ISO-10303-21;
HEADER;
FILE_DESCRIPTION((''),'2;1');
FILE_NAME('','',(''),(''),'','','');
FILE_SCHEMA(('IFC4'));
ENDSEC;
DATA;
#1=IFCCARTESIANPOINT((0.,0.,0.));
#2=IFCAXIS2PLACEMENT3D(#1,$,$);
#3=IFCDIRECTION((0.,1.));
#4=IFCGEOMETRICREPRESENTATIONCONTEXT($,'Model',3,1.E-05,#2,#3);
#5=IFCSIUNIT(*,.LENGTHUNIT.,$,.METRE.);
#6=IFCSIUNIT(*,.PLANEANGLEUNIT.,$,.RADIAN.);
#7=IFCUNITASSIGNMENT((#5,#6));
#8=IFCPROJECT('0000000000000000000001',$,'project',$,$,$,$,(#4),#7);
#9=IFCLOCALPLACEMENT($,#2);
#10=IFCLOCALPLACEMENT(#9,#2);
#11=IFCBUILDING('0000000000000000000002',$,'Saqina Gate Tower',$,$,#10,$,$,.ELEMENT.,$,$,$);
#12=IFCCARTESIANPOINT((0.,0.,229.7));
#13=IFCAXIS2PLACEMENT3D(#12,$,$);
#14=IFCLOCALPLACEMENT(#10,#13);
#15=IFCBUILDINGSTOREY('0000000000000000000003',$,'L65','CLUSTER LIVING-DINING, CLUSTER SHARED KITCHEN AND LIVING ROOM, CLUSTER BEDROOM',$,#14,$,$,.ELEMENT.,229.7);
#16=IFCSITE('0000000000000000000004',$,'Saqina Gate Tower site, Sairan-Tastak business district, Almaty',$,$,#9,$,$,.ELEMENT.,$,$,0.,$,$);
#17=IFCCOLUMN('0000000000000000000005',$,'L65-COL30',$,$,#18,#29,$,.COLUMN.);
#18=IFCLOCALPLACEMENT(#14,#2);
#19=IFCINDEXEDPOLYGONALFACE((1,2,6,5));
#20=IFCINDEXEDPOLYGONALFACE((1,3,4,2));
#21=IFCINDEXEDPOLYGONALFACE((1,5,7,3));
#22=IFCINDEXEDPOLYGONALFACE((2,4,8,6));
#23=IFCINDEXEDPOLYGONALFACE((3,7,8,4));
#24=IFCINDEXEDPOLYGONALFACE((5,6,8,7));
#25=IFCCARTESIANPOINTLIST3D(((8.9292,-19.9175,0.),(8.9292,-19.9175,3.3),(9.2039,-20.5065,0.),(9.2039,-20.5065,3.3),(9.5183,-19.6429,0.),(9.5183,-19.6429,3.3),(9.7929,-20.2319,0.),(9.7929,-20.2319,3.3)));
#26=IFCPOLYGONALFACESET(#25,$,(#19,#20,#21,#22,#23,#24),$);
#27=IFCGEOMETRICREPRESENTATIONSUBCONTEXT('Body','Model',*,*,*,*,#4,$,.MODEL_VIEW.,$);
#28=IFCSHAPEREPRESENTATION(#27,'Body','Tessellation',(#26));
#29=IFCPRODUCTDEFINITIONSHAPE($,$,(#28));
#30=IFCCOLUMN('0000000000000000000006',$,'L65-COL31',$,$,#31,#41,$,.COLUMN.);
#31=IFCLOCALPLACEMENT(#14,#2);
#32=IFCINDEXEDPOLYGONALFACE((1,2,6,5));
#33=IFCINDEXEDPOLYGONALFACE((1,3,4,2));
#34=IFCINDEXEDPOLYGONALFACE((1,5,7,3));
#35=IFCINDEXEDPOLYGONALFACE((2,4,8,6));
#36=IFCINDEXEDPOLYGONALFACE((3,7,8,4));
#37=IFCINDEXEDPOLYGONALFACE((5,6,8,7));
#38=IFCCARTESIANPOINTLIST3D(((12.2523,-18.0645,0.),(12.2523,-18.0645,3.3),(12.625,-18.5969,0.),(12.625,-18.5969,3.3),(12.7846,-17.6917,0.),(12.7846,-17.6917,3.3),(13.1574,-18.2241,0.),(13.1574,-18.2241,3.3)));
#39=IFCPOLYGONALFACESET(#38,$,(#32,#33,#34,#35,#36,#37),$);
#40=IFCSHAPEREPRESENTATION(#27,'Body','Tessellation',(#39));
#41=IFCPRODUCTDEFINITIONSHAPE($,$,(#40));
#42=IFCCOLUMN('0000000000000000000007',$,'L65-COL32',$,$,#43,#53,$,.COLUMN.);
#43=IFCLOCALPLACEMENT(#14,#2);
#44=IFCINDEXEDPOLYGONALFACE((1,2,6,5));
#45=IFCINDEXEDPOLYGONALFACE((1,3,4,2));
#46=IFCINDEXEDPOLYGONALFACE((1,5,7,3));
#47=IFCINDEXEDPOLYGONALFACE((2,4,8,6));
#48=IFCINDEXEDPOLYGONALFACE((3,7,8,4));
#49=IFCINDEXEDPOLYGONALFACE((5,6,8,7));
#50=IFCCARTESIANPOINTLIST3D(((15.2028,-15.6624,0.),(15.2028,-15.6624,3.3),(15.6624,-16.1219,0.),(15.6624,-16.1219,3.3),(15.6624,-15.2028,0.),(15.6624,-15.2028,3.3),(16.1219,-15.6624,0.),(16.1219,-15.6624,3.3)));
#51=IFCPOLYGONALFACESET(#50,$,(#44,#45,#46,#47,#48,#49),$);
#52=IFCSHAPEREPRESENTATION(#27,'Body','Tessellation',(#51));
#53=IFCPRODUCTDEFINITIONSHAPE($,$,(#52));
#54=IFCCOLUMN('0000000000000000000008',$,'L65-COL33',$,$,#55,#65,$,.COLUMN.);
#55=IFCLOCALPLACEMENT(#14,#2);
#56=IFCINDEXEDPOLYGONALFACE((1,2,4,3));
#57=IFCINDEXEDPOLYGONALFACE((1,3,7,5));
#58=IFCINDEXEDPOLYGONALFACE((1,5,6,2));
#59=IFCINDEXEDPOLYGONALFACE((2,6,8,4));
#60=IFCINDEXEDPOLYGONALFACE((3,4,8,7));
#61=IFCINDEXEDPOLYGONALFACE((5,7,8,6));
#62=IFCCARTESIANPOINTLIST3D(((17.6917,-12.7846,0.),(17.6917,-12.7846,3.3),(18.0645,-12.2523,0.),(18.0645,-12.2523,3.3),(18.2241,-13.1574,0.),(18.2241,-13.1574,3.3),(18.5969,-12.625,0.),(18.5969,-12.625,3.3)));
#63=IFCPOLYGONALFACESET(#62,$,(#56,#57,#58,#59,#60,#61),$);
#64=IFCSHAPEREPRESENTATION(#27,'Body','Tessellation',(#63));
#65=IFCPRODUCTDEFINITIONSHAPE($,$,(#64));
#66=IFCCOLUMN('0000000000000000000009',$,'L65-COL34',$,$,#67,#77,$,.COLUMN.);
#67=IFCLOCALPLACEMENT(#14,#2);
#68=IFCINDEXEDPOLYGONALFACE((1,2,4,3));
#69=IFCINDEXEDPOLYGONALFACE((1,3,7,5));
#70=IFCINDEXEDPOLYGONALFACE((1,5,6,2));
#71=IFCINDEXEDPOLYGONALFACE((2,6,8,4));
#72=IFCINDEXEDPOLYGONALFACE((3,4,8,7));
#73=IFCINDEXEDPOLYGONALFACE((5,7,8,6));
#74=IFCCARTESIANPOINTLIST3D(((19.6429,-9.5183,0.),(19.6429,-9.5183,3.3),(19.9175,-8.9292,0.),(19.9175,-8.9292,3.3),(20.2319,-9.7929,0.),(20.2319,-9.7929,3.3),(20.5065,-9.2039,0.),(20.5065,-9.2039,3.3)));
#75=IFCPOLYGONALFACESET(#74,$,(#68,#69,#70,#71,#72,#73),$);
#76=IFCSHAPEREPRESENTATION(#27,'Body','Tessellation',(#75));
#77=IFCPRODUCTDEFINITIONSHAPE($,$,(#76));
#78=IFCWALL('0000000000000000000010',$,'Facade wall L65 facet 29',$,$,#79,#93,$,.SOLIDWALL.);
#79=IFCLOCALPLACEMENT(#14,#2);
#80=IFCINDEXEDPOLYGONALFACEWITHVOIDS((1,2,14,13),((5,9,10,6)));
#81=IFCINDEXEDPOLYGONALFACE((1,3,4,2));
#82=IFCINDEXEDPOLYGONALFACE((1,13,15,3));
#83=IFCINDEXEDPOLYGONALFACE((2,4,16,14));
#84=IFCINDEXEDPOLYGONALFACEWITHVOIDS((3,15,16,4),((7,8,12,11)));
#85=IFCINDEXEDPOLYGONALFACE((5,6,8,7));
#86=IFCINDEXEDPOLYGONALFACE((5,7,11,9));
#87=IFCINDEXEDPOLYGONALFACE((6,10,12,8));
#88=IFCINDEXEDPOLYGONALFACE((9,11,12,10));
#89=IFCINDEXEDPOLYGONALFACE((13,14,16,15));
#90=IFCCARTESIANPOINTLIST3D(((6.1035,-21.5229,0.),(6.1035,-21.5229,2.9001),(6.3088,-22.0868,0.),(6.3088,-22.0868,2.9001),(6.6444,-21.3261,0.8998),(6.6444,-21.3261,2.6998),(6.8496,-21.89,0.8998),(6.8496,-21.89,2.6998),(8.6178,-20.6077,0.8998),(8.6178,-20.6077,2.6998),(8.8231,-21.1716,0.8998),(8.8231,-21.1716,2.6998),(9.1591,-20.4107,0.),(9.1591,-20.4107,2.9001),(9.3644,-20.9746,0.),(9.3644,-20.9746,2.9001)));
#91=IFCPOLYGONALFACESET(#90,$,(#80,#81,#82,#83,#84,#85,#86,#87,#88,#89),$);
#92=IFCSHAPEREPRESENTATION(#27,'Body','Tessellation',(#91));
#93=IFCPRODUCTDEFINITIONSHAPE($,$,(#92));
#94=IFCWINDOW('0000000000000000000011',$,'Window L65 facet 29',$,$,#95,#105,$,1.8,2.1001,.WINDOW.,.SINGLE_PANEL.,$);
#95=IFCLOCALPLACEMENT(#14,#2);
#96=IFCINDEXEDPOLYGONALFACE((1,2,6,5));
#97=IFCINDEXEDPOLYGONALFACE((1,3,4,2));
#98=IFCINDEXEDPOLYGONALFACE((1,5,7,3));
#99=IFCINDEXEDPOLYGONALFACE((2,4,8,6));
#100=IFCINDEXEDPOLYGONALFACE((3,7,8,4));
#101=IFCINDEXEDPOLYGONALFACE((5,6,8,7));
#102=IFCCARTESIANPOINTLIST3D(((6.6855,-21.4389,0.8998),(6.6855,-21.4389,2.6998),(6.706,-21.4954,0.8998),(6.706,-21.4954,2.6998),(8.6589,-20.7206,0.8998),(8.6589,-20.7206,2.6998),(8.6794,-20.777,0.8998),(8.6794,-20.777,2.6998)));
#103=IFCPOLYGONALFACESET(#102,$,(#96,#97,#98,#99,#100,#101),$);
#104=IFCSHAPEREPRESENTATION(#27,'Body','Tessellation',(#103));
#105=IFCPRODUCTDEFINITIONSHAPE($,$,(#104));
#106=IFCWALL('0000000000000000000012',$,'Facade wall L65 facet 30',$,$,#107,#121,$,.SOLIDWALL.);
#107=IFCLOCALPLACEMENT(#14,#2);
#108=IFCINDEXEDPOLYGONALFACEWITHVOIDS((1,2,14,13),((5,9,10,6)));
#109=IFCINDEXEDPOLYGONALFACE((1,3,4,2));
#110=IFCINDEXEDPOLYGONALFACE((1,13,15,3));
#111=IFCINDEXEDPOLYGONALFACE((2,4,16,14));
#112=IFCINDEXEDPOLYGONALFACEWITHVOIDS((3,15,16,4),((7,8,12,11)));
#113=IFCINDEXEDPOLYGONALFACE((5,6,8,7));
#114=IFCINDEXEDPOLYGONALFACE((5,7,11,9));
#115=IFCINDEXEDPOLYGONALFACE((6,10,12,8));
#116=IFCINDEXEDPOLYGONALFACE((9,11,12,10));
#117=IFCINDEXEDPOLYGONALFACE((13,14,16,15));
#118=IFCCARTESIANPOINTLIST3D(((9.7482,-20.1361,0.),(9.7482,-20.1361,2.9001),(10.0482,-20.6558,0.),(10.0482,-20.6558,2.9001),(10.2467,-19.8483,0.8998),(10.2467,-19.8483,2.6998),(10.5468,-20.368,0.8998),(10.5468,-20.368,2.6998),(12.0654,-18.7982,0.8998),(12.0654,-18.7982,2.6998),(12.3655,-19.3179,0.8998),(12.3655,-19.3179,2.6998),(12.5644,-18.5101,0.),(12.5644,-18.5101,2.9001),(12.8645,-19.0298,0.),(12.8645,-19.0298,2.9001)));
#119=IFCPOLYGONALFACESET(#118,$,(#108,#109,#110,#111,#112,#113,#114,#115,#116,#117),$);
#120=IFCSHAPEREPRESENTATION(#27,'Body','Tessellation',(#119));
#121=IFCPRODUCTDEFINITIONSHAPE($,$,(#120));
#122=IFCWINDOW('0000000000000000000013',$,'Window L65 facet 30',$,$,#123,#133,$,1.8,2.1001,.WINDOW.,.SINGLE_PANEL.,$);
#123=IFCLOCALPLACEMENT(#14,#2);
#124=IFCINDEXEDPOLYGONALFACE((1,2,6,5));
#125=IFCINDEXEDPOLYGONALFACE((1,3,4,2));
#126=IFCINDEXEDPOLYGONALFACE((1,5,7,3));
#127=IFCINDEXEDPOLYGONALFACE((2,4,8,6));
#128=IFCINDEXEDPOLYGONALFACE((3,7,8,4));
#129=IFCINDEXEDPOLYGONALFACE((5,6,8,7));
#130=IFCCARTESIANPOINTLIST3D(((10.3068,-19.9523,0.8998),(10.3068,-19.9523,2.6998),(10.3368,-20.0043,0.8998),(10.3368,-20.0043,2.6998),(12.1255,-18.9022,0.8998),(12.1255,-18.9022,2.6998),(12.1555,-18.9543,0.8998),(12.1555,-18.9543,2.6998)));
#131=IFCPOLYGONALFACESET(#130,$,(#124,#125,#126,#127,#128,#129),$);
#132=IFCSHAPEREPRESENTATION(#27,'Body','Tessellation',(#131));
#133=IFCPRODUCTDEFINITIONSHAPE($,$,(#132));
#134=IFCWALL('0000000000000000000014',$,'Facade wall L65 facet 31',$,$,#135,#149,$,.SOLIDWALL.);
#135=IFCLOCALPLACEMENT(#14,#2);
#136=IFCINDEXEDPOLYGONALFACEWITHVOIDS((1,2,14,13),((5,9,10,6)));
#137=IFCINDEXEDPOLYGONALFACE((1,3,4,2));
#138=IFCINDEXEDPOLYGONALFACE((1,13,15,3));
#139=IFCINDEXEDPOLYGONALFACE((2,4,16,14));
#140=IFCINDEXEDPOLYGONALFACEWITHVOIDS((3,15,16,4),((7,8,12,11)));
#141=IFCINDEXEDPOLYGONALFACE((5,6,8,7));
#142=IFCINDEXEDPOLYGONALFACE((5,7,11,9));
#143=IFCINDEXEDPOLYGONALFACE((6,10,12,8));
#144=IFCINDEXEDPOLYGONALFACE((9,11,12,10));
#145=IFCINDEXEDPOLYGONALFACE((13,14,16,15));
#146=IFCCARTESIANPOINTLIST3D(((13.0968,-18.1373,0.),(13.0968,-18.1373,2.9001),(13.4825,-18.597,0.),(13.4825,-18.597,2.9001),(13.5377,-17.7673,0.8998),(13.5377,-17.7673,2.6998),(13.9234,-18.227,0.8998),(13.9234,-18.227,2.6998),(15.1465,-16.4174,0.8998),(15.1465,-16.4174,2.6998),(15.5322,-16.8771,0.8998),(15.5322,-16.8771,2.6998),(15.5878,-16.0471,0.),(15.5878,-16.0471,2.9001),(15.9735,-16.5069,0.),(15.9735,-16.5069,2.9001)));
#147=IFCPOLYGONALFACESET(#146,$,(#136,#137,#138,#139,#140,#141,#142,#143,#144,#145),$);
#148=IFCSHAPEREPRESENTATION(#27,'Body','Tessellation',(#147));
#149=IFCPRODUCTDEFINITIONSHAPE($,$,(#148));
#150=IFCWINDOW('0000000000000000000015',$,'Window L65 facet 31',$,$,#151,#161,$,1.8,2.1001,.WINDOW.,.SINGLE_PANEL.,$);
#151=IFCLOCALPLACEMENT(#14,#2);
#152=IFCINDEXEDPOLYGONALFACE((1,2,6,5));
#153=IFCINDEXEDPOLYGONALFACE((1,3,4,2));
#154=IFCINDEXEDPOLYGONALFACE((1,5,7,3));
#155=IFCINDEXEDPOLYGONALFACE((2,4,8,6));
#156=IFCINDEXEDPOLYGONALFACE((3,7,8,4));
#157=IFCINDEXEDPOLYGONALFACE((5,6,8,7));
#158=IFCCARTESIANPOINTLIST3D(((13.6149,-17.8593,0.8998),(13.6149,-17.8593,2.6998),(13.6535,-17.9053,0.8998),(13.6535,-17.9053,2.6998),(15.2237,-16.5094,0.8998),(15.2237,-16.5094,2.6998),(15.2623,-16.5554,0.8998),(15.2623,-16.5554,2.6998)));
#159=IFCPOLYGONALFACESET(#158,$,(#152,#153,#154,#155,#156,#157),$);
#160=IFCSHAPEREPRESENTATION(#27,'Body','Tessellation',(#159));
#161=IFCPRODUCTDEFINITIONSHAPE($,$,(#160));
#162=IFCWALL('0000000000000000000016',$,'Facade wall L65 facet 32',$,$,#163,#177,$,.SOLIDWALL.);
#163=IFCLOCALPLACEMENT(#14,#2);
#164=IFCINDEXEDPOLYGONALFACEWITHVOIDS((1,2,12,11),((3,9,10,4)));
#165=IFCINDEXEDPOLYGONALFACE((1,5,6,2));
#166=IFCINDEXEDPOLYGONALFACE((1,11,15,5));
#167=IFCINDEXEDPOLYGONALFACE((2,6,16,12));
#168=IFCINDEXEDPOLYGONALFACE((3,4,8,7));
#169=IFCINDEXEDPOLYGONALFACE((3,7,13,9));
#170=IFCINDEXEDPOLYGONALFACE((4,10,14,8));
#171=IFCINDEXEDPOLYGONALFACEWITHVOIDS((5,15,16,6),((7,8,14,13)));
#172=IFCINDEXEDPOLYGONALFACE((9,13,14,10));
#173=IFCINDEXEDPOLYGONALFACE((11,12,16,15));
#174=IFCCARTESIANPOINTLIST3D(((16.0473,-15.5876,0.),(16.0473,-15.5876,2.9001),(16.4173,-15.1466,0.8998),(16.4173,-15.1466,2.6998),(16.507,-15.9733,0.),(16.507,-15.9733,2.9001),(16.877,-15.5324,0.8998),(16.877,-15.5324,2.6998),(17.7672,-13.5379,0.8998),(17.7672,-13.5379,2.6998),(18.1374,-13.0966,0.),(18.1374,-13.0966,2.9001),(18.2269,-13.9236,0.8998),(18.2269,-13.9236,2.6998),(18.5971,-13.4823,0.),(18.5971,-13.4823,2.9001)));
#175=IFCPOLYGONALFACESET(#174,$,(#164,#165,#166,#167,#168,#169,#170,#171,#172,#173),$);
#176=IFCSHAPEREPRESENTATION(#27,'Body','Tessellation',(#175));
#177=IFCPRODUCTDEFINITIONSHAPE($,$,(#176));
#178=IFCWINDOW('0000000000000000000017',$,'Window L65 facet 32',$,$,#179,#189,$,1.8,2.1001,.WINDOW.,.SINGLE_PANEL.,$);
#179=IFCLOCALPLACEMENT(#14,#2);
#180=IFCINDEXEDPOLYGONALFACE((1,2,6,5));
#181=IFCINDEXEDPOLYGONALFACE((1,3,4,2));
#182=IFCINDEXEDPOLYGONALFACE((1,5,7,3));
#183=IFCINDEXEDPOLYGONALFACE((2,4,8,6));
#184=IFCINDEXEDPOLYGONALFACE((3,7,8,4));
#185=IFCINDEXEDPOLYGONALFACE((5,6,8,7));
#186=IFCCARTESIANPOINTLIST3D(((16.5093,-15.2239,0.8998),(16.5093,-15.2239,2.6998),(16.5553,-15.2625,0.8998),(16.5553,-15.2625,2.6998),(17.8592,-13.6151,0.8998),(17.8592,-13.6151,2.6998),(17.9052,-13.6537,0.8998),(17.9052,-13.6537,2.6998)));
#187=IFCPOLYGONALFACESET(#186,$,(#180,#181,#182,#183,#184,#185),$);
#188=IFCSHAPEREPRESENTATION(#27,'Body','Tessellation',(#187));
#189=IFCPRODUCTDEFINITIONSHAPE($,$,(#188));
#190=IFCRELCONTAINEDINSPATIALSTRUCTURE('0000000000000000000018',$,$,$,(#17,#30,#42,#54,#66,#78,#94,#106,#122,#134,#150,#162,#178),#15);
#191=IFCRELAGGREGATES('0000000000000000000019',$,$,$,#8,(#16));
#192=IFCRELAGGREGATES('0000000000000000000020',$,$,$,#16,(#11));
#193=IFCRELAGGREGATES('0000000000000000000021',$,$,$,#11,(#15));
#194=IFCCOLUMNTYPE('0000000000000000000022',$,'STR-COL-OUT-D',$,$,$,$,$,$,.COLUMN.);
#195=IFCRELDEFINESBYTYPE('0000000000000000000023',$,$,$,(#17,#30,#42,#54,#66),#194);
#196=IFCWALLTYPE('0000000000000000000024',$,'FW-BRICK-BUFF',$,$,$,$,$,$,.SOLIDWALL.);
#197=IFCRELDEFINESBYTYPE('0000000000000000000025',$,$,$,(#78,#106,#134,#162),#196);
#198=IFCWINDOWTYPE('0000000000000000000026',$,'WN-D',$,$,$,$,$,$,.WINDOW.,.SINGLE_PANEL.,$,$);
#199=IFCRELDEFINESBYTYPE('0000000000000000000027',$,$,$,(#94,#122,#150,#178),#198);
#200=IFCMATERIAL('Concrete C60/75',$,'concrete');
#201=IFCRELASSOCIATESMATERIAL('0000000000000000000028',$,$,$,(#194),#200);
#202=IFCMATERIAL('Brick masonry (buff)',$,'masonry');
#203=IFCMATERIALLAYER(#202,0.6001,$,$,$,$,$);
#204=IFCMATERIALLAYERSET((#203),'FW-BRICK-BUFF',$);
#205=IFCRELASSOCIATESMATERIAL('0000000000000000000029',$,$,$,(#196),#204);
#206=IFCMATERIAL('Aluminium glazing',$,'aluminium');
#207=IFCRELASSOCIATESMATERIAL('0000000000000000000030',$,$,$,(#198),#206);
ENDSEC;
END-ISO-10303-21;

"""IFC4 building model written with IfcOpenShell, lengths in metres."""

from ifc_helpers import new_model, si_unit, direction, frame, frame_2d, origin, origin_2d, place, context, subcontext, project, spatial, rectangle, extrude, material, layer, layer_set, material_profile, profile_set, type_object, element, fill, save


model = new_model("IFC4")

# Units and contexts
model_context = context("Model", 3, precision=1e-05, world=origin(), true_north=direction((0.0, 1.0)))
body_context = subcontext(model_context, "Body", "Model", "MODEL_VIEW")
ifc_project = project(units=[si_unit("LENGTHUNIT", "METRE"), si_unit("PLANEANGLEUNIT", "RADIAN")], contexts=[model_context])

# Site, building, storey
site_placement = place(None, origin())
site = spatial("IfcSite", under=ifc_project, at=site_placement, Name="Saqina Gate Tower site, Sairan-Tastak business district, Almaty", CompositionType="ELEMENT", RefElevation=0.0)
building_placement = place(site_placement, origin())
building = spatial("IfcBuilding", under=site, at=building_placement, Name="Saqina Gate Tower", CompositionType="ELEMENT")
storey_placement = place(building_placement, frame((0.0, 0.0, 229.7)))
storey = spatial("IfcBuildingStorey", under=building, at=storey_placement, Name="L65", Description="CLUSTER LIVING-DINING, CLUSTER SHARED KITCHEN AND LIVING ROOM, CLUSTER BEDROOM", CompositionType="ELEMENT", Elevation=229.7)

# Columns
ifc_material_1 = material(Name="Concrete C60/75", Category="concrete")
ifc_material_profile = material_profile(ifc_material_1, rectangle(XDim=0.6499, YDim=0.6499, at=origin_2d()), Name="RC 650x650")
ifc_profile_set = profile_set([ifc_material_profile], Name="Concrete C60/75")
column_type = type_object("IfcColumnType", Name="STR-COL-OUT-D", PredefinedType="COLUMN", material=ifc_profile_set)
for number, where, z_axis, x_axis, name in (
    (1, (9.3611, -20.0747, 0.0), (0.0, 0.0, 1.0), (0.422618, -0.906308, 0.0), "L65-COL30"),
    (2, (12.7048, -18.1443, 0.0), (0.0, 0.0, 1.0), (0.573576, -0.819152, 0.0), "L65-COL31"),
    (3, (15.6624, -15.6624, 0.0), (0.0, 0.0, 1.0), (0.707107, -0.707107, 0.0), "L65-COL32"),
    (4, (18.1443, -12.7048, 0.0), (0.0, 0.0, 1.0), (0.819152, -0.573576, 0.0), "L65-COL33"),
    (5, (20.0747, -9.3611, 0.0), (0.0, 0.0, 1.0), (0.906308, -0.422618, 0.0), "L65-COL34"),
):
    element("IfcColumn", number, at=place(storey_placement, frame(where, z_axis=z_axis, x_axis=x_axis)), inside=storey, type_object=column_type, Name=name, PredefinedType="COLUMN", context=body_context, shape_type="SweptSolid", body=[
        extrude(rectangle(XDim=0.6499, YDim=0.6499, at=origin_2d()), origin(), (0.0, 0.0, 1.0), 3.3),
    ])

# Walls, openings, windows
ifc_material_2 = material(Name="Brick masonry (buff)", Category="masonry")
ifc_layer_1 = layer(ifc_material_2, 0.6001)
ifc_layer_set_1 = layer_set([ifc_layer_1], Name="FW-BRICK-BUFF")
wall_type_1 = type_object("IfcWallType", Name="FW-BRICK-BUFF", PredefinedType="SOLIDWALL", material=ifc_layer_set_1)
wall_1_placement = place(storey_placement, frame((6.2061, -21.8049, 0.0), z_axis=(0.0, 0.0, 1.0), x_axis=(0.939679, 0.342057, 0.0)))
wall_1 = element("IfcWall", 6, at=wall_1_placement, inside=storey, type_object=wall_type_1, Name="Facade wall L65 facet 29", PredefinedType="SOLIDWALL", context=body_context, shape_type="SweptSolid", body=[
    extrude(rectangle(XDim=3.2517, YDim=0.6001, at=frame_2d((1.626, 0.0))), origin(), (0.0, 0.0, 1.0), 2.9001),
])
opening_1_placement = place(wall_1_placement, frame((0.5757, 0.0, 0.8999)))
opening_1 = element("IfcOpeningElement", 7, at=opening_1_placement, cuts=wall_1, PredefinedType="OPENING", context=body_context, shape_type="SweptSolid", body=[
    extrude(rectangle(XDim=2.1001, YDim=1.8, at=frame_2d((1.05, 0.8999))), frame((0.0, 0.312, 0.0), z_axis=(0.0, -1.0, 0.0), x_axis=(1.0, 0.0, 0.0)), (0.0, 0.0, 1.0), 0.624),
])
ifc_material_3 = material(Name="Aluminium glazing", Category="aluminium")
window_type = type_object("IfcWindowType", Name="WN-D", PartitioningType="SINGLE_PANEL", PredefinedType="WINDOW", material=ifc_material_3)
window_1_placement = place(opening_1_placement, origin())
window_1 = element("IfcWindow", 8, at=window_1_placement, inside=storey, type_object=window_type, Name="Window L65 facet 29", OverallHeight=1.8, OverallWidth=2.1001, PartitioningType="SINGLE_PANEL", PredefinedType="WINDOW", context=body_context, shape_type="SweptSolid", body=[
    extrude(rectangle(XDim=2.1001, YDim=1.8, at=frame_2d((1.05, 0.8999))), frame((0.0, 0.1799, 0.0), z_axis=(0.0, -1.0, 0.0), x_axis=(1.0, 0.0, 0.0)), (0.0, 0.0, 1.0), 0.0601),
])
fill(opening_1, window_1)
wall_2_placement = place(storey_placement, frame((9.8982, -20.396, 0.0), z_axis=(0.0, 0.0, 1.0), x_axis=(0.866017, 0.500015, 0.0)))
wall_2 = element("IfcWall", 9, at=wall_2_placement, inside=storey, type_object=wall_type_1, Name="Facade wall L65 facet 30", PredefinedType="SOLIDWALL", context=body_context, shape_type="SweptSolid", body=[
    extrude(rectangle(XDim=3.252, YDim=0.6001, at=frame_2d((1.626, 0.0))), origin(), (0.0, 0.0, 1.0), 2.9001),
])
opening_2_placement = place(wall_2_placement, frame((0.5757, 0.0, 0.8999)))
opening_2 = element("IfcOpeningElement", 10, at=opening_2_placement, cuts=wall_2, PredefinedType="OPENING", context=body_context, shape_type="SweptSolid", body=[
    extrude(rectangle(XDim=2.1001, YDim=1.8, at=frame_2d((1.05, 0.8999))), frame((0.0, 0.312, 0.0), z_axis=(0.0, -1.0, 0.0), x_axis=(1.0, 0.0, 0.0)), (0.0, 0.0, 1.0), 0.624),
])
window_2_placement = place(opening_2_placement, origin())
window_2 = element("IfcWindow", 11, at=window_2_placement, inside=storey, type_object=window_type, Name="Window L65 facet 30", OverallHeight=1.8, OverallWidth=2.1001, PartitioningType="SINGLE_PANEL", PredefinedType="WINDOW", context=body_context, shape_type="SweptSolid", body=[
    extrude(rectangle(XDim=2.1001, YDim=1.8, at=frame_2d((1.05, 0.8999))), frame((0.0, 0.1799, 0.0), z_axis=(0.0, -1.0, 0.0), x_axis=(1.0, 0.0, 0.0)), (0.0, 0.0, 1.0), 0.0601),
])
fill(opening_2, window_2)
wall_3_placement = place(storey_placement, frame((13.2896, -18.3672, 0.0), z_axis=(0.0, 0.0, 1.0), x_axis=(0.766057, 0.642773, 0.0)))
wall_3 = element("IfcWall", 12, at=wall_3_placement, inside=storey, type_object=wall_type_1, Name="Facade wall L65 facet 31", PredefinedType="SOLIDWALL", context=body_context, shape_type="SweptSolid", body=[
    extrude(rectangle(XDim=3.2517, YDim=0.6001, at=frame_2d((1.626, 0.0))), origin(), (0.0, 0.0, 1.0), 2.9001),
])
opening_3_placement = place(wall_3_placement, frame((0.5757, 0.0, 0.8999)))
opening_3 = element("IfcOpeningElement", 13, at=opening_3_placement, cuts=wall_3, PredefinedType="OPENING", context=body_context, shape_type="SweptSolid", body=[
    extrude(rectangle(XDim=2.1001, YDim=1.8, at=frame_2d((1.05, 0.8999))), frame((0.0, 0.312, 0.0), z_axis=(0.0, -1.0, 0.0), x_axis=(1.0, 0.0, 0.0)), (0.0, 0.0, 1.0), 0.624),
])
window_3_placement = place(opening_3_placement, origin())
window_3 = element("IfcWindow", 14, at=window_3_placement, inside=storey, type_object=window_type, Name="Window L65 facet 31", OverallHeight=1.8, OverallWidth=2.1001, PartitioningType="SINGLE_PANEL", PredefinedType="WINDOW", context=body_context, shape_type="SweptSolid", body=[
    extrude(rectangle(XDim=2.1001, YDim=1.8, at=frame_2d((1.05, 0.8999))), frame((0.0, 0.1799, 0.0), z_axis=(0.0, -1.0, 0.0), x_axis=(1.0, 0.0, 0.0)), (0.0, 0.0, 1.0), 0.0601),
])
fill(opening_3, window_3)
wall_4_placement = place(storey_placement, frame((16.2771, -15.7805, 0.0), z_axis=(0.0, 0.0, 1.0), x_axis=(0.642773, 0.766057, 0.0)))
wall_4 = element("IfcWall", 15, at=wall_4_placement, inside=storey, type_object=wall_type_1, Name="Facade wall L65 facet 32", PredefinedType="SOLIDWALL", context=body_context, shape_type="SweptSolid", body=[
    extrude(rectangle(XDim=3.2517, YDim=0.6001, at=frame_2d((1.626, 0.0))), origin(), (0.0, 0.0, 1.0), 2.9001),
])
opening_4_placement = place(wall_4_placement, frame((0.5757, 0.0, 0.8999)))
opening_4 = element("IfcOpeningElement", 16, at=opening_4_placement, cuts=wall_4, PredefinedType="OPENING", context=body_context, shape_type="SweptSolid", body=[
    extrude(rectangle(XDim=2.1001, YDim=1.8, at=frame_2d((1.05, 0.8999))), frame((0.0, 0.312, 0.0), z_axis=(0.0, -1.0, 0.0), x_axis=(1.0, 0.0, 0.0)), (0.0, 0.0, 1.0), 0.624),
])
window_4_placement = place(opening_4_placement, origin())
window_4 = element("IfcWindow", 17, at=window_4_placement, inside=storey, type_object=window_type, Name="Window L65 facet 32", OverallHeight=1.8, OverallWidth=2.1001, PartitioningType="SINGLE_PANEL", PredefinedType="WINDOW", context=body_context, shape_type="SweptSolid", body=[
    extrude(rectangle(XDim=2.1001, YDim=1.8, at=frame_2d((1.05, 0.8999))), frame((0.0, 0.1799, 0.0), z_axis=(0.0, -1.0, 0.0), x_axis=(1.0, 0.0, 0.0)), (0.0, 0.0, 1.0), 0.0601),
])
fill(opening_4, window_4)

save(model, "model.ifc")
